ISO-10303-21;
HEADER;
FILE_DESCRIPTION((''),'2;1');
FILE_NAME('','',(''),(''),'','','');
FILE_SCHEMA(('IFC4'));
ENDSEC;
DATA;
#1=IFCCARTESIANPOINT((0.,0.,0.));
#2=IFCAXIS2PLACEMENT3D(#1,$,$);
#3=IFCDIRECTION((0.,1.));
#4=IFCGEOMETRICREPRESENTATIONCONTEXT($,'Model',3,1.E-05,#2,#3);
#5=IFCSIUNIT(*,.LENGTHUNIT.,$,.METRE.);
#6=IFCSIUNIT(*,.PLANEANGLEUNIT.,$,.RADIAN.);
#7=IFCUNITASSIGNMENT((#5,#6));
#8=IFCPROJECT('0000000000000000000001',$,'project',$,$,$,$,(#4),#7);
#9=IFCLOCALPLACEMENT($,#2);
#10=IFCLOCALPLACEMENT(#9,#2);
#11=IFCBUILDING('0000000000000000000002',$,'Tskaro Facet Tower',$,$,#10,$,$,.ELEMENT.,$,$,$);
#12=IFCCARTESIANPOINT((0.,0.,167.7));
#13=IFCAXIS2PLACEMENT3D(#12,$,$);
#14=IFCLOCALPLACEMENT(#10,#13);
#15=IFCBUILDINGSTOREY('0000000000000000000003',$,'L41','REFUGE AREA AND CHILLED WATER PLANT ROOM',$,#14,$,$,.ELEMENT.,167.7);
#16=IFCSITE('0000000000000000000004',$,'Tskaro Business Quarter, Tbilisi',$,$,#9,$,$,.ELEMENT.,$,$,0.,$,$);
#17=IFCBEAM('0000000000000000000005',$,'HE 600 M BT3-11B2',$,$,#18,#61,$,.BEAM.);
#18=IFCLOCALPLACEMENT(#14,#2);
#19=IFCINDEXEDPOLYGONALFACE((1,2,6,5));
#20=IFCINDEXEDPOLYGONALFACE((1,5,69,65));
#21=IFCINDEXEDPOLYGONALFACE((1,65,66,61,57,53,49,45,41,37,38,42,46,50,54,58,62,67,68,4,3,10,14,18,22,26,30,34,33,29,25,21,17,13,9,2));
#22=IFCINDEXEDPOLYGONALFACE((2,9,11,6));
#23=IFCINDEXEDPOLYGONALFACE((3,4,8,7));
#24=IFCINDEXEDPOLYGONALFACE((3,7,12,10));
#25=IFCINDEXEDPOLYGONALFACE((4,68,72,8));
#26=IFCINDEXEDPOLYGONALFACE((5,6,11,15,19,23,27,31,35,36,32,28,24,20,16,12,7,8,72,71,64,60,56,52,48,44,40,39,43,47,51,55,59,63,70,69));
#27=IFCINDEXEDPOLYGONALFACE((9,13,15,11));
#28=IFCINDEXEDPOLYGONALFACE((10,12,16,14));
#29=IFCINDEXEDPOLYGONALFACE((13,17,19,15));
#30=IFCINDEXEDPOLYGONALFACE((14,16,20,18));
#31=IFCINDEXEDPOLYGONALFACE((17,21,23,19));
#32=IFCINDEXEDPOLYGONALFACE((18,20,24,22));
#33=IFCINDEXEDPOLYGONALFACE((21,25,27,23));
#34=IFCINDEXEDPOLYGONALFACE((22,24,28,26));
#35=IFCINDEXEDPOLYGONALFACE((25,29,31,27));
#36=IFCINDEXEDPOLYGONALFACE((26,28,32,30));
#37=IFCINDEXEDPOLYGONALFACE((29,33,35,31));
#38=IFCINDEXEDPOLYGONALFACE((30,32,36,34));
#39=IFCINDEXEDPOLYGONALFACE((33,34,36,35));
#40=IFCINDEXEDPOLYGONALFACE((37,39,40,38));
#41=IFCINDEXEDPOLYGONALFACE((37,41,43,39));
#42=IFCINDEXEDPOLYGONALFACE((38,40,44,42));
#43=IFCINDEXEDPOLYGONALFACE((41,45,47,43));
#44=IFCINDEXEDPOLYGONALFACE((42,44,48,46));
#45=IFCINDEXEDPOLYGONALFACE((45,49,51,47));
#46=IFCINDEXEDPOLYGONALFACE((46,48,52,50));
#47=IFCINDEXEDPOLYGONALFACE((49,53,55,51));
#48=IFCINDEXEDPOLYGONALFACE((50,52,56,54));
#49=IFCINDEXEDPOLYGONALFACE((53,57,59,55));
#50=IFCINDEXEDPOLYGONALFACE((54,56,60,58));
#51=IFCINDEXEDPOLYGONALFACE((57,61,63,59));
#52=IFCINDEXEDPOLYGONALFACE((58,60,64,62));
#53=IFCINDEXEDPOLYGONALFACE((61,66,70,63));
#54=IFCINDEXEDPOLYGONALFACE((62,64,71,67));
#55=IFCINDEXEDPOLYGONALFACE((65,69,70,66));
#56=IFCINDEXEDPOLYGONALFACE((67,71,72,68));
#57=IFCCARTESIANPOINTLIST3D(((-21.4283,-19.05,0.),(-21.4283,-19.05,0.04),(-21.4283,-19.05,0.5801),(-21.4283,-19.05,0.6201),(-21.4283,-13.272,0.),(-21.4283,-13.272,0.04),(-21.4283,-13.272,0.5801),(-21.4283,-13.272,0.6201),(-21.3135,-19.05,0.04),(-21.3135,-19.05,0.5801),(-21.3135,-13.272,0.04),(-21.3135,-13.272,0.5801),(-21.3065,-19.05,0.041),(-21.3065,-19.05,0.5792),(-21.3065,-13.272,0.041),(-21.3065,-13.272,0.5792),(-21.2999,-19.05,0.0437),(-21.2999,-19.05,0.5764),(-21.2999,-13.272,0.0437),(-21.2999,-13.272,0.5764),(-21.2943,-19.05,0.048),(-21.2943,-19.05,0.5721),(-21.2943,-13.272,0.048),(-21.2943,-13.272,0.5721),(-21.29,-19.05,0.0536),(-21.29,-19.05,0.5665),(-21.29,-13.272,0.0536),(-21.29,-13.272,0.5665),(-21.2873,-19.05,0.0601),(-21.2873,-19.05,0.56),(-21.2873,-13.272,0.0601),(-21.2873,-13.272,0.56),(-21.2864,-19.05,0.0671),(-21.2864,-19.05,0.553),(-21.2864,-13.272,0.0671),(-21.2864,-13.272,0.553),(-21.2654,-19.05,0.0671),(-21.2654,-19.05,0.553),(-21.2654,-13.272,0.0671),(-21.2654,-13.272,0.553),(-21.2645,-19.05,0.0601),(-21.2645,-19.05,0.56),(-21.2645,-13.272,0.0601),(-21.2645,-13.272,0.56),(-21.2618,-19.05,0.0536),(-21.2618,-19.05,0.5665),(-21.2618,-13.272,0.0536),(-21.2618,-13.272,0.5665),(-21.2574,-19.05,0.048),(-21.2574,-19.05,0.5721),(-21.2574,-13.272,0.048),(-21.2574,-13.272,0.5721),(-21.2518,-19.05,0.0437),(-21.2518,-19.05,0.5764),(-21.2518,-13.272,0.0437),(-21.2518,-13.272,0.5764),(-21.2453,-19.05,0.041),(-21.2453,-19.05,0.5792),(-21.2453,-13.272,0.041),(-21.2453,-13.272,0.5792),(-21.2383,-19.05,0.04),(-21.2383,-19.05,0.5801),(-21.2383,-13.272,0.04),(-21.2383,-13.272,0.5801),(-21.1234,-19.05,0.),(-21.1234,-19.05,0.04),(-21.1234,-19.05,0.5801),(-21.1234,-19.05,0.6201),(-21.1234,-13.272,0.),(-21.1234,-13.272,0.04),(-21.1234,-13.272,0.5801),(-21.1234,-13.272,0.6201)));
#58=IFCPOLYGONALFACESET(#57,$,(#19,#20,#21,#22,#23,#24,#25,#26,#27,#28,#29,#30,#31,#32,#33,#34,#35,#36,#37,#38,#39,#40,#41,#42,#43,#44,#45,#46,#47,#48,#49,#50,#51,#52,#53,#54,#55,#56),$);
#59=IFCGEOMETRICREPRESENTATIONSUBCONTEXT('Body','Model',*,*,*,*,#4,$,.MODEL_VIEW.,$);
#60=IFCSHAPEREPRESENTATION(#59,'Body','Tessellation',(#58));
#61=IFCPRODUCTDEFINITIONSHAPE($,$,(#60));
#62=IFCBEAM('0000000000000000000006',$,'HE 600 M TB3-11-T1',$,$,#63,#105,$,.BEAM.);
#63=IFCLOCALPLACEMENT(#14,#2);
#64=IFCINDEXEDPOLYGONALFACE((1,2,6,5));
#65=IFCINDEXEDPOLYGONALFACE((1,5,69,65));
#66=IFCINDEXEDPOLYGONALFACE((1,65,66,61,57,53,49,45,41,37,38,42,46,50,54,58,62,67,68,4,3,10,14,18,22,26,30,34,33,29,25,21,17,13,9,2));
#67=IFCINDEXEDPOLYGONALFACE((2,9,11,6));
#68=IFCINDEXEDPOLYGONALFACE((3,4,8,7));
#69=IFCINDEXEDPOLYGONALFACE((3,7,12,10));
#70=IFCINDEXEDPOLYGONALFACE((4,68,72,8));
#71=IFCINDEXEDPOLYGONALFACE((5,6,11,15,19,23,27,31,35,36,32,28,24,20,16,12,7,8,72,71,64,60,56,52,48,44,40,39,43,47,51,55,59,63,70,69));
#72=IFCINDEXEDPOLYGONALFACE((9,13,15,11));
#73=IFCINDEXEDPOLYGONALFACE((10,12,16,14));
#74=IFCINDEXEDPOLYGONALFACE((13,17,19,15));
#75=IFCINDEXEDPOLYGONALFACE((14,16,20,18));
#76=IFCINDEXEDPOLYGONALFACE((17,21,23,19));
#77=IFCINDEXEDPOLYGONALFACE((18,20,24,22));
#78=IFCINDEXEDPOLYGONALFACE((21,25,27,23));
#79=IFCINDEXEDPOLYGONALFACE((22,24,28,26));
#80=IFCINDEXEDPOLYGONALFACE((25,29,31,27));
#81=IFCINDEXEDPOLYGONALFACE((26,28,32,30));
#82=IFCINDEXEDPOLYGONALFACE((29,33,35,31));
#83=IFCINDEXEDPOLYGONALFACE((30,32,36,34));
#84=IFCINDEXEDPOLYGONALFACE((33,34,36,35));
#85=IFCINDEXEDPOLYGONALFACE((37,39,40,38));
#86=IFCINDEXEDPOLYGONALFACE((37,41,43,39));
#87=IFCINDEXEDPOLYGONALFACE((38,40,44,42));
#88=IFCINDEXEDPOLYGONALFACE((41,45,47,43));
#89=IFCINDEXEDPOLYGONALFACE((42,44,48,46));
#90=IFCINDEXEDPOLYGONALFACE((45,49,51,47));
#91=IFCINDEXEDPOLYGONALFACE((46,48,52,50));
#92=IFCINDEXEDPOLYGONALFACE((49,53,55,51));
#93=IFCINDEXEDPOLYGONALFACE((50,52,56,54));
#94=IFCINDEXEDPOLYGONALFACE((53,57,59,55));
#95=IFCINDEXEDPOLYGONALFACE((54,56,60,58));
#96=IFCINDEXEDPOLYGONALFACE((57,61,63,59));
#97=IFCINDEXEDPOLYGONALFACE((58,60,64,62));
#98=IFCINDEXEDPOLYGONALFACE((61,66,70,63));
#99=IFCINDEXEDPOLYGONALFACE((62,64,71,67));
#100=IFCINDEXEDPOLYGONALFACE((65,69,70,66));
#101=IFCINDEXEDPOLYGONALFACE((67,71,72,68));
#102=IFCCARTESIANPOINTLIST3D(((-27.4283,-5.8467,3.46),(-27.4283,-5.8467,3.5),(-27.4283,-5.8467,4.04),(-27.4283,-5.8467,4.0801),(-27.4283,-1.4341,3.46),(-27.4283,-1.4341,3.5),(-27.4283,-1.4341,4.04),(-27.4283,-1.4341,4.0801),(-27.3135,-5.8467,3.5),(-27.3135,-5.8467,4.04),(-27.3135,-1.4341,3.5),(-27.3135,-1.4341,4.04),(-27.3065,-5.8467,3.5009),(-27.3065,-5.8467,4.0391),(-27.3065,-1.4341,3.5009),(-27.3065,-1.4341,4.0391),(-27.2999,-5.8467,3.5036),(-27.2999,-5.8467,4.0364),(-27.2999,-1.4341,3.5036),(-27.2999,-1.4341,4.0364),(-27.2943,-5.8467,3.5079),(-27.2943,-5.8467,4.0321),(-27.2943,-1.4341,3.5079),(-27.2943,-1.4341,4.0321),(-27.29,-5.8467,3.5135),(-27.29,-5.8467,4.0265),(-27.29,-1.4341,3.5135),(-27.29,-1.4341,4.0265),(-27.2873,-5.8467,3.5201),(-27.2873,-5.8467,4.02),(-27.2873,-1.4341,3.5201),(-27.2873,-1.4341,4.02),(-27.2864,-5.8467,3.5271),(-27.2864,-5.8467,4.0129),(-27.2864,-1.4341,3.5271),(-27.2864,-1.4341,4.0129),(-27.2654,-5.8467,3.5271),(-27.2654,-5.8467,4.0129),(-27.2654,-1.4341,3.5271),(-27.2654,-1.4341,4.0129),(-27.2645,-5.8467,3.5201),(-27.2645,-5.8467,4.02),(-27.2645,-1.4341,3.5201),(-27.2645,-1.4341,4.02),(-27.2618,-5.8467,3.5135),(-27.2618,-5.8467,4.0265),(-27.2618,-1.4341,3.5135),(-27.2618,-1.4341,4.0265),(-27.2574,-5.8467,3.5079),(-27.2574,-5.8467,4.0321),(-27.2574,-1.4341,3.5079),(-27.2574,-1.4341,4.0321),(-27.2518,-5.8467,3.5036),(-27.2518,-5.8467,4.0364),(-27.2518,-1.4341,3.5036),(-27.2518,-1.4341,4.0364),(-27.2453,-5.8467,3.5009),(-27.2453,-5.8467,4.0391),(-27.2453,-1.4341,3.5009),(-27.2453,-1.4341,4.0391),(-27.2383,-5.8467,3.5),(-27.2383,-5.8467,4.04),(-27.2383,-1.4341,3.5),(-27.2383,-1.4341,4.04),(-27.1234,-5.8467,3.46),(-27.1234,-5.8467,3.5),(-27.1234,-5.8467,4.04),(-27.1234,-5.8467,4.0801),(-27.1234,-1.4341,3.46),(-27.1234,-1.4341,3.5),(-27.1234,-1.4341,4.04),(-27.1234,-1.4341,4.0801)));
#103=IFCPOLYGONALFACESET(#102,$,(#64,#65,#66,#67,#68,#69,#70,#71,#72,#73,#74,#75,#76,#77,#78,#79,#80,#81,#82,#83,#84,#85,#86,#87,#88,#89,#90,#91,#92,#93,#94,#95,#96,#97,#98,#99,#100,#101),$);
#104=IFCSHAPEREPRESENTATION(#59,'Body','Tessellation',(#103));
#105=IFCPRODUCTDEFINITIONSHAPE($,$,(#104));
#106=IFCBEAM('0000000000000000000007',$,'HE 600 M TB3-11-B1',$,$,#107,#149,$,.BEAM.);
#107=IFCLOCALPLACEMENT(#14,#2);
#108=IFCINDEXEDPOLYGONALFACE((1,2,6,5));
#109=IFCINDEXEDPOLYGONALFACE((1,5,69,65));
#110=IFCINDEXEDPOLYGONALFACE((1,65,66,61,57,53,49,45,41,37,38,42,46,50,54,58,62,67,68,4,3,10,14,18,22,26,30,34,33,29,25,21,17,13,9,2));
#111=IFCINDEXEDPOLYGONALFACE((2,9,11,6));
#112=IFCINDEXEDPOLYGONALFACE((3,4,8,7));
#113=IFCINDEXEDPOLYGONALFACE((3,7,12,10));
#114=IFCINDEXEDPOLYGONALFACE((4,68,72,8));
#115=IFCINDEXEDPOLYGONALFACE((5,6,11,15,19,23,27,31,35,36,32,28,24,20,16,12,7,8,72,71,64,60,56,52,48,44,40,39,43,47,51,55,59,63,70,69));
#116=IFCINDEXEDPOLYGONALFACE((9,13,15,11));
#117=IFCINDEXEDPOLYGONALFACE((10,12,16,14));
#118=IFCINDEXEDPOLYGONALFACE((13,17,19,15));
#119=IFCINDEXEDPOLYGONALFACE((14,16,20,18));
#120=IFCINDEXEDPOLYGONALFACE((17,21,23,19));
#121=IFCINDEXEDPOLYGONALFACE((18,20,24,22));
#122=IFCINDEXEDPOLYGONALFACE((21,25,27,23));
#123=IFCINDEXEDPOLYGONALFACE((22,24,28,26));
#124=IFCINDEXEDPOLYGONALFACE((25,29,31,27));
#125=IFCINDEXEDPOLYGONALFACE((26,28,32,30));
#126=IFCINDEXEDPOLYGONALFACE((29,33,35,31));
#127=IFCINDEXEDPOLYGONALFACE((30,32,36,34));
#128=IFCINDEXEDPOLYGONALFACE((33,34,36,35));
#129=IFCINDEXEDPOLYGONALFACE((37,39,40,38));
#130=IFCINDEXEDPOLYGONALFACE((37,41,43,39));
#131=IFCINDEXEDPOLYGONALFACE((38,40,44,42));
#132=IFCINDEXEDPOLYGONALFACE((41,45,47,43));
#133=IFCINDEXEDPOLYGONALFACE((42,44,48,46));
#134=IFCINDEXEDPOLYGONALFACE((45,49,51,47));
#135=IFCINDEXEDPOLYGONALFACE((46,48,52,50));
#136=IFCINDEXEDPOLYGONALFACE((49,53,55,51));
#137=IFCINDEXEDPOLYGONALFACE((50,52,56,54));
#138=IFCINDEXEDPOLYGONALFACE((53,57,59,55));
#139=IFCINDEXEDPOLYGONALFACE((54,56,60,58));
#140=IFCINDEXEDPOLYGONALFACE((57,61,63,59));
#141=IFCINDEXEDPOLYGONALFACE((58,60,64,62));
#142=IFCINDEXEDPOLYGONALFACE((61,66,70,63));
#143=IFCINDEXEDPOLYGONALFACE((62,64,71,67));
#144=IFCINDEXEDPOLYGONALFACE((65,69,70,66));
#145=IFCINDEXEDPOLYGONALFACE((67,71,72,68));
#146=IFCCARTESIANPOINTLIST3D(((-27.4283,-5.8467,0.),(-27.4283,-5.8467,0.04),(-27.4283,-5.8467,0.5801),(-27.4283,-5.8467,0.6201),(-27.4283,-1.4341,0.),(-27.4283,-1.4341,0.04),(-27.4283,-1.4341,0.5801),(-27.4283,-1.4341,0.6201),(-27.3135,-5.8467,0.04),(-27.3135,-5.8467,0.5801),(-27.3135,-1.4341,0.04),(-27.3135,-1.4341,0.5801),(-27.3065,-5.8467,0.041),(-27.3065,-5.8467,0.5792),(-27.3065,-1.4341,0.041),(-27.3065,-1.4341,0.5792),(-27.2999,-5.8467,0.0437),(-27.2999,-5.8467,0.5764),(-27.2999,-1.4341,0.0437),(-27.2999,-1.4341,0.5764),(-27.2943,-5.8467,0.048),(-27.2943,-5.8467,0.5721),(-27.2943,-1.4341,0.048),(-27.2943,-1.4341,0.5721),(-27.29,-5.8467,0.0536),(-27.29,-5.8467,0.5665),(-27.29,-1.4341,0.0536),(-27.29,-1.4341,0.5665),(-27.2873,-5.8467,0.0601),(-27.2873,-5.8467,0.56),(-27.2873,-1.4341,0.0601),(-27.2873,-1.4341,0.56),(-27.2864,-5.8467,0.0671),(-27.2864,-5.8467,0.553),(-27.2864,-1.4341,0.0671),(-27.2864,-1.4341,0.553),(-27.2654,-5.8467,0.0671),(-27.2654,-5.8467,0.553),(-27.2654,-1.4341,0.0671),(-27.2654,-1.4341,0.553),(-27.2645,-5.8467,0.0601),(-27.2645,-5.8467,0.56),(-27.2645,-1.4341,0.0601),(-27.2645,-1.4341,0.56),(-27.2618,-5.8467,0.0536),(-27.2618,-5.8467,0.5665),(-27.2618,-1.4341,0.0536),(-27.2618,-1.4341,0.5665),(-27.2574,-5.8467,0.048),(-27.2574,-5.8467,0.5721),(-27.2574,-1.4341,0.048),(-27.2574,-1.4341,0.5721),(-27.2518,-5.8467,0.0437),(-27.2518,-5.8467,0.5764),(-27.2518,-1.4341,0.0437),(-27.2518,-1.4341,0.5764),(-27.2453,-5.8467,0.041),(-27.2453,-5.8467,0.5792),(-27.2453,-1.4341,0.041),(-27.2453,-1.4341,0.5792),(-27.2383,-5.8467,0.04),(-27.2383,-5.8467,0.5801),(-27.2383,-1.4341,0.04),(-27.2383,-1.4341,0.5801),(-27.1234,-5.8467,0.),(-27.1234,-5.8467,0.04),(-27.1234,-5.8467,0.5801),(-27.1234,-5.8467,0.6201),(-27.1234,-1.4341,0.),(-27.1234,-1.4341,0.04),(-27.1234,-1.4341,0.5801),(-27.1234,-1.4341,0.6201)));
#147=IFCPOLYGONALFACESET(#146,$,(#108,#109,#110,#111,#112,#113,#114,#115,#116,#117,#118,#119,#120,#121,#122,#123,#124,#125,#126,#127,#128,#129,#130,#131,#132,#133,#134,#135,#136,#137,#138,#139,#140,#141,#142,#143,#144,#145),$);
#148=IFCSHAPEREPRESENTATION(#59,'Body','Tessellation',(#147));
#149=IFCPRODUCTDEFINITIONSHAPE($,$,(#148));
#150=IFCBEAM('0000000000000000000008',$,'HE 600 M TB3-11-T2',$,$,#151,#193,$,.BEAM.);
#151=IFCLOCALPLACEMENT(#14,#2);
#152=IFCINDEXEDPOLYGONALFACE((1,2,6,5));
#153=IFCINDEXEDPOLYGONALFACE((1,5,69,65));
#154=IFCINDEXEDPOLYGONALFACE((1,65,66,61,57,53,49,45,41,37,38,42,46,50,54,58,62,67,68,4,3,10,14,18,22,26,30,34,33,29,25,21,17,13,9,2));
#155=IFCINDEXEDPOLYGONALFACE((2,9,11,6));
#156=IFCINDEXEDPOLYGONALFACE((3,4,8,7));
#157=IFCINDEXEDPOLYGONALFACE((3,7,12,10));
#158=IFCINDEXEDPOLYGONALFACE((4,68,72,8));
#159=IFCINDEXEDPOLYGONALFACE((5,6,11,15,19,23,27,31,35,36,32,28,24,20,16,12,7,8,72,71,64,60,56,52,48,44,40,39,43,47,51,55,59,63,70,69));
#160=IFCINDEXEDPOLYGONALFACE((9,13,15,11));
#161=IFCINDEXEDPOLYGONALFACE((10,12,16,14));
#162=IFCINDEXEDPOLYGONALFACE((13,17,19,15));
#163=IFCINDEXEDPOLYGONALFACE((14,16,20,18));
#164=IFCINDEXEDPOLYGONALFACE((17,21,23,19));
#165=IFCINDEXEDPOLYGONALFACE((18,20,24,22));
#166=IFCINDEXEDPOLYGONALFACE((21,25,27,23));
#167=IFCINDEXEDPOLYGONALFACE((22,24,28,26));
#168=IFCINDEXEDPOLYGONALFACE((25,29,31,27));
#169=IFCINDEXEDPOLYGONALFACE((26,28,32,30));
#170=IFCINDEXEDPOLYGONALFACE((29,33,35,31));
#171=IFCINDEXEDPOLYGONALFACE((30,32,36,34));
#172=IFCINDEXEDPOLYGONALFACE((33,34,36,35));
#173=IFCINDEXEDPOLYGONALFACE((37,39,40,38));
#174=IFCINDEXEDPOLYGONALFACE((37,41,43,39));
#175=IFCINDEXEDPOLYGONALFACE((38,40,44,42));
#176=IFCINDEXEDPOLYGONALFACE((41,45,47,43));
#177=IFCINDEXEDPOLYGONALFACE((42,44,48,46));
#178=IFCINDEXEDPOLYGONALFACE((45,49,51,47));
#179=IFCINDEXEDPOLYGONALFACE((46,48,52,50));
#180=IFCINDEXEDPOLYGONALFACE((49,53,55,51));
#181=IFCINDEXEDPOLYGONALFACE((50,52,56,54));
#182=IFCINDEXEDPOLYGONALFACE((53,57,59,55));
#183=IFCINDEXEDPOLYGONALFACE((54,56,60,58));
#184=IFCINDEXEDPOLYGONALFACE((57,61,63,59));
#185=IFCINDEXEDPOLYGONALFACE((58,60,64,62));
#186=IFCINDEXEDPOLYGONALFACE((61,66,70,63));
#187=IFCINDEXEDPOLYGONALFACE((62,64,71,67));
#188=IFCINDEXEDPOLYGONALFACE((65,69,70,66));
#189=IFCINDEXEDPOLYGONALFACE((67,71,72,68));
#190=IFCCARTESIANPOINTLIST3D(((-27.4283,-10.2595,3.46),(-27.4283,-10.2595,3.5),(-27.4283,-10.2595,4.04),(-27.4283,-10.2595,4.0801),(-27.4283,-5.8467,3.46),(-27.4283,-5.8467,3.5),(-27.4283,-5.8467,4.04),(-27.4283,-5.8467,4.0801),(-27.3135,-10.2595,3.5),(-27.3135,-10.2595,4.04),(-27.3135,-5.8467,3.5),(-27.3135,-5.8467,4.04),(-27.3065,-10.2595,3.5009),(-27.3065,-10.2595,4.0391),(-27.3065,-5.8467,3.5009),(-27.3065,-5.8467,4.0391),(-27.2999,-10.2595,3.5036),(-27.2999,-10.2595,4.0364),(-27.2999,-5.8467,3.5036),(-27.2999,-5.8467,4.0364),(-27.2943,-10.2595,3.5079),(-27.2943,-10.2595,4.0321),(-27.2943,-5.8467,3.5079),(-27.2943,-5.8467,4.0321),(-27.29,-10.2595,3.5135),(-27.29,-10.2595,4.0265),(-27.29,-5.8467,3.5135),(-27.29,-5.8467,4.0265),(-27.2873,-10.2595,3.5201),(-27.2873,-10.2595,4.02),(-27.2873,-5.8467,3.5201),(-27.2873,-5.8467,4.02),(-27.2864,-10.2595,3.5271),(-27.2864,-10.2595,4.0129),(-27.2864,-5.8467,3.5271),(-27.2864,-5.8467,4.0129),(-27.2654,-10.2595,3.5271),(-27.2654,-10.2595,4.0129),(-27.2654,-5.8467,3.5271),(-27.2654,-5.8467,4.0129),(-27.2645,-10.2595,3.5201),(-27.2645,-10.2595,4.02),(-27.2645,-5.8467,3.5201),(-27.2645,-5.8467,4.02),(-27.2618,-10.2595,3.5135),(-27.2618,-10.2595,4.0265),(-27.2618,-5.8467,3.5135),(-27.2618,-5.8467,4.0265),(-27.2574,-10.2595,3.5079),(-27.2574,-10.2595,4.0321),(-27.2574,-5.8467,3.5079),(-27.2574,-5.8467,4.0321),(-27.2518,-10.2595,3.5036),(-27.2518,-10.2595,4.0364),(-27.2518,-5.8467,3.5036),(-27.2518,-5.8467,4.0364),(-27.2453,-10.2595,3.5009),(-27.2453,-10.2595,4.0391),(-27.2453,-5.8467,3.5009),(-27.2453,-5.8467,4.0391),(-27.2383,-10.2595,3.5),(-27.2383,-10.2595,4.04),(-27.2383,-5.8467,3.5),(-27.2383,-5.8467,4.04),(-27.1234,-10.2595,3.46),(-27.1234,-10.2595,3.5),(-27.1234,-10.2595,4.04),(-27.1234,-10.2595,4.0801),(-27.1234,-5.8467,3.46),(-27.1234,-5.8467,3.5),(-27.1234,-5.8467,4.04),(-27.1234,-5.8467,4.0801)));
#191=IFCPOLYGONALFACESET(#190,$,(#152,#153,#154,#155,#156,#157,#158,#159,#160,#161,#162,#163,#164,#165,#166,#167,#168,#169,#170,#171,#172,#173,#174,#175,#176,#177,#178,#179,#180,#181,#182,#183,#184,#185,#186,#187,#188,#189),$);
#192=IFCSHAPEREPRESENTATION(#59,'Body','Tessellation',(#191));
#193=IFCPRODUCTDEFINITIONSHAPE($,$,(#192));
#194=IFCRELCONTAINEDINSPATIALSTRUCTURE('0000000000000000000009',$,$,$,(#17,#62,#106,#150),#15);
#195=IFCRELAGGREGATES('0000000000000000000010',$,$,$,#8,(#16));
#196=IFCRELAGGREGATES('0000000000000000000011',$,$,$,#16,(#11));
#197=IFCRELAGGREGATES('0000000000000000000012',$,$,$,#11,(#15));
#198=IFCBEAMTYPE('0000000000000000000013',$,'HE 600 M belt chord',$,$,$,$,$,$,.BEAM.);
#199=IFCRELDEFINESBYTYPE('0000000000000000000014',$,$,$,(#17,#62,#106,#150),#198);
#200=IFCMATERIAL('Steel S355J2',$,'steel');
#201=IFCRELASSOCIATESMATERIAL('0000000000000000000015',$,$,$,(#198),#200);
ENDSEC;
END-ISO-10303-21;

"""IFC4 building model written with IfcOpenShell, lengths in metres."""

from ifc_helpers import new_model, si_unit, direction, frame, origin, origin_2d, place, context, subcontext, project, spatial, i_section, extrude, material, material_profile, profile_set, type_object, element, save


model = new_model("IFC4")

# Units and contexts
model_context = context("Model", 3, precision=1e-05, world=origin(), true_north=direction((0.0, 1.0)))
body_context = subcontext(model_context, "Body", "Model", "MODEL_VIEW")
ifc_project = project(units=[si_unit("LENGTHUNIT", "METRE"), si_unit("PLANEANGLEUNIT", "RADIAN")], contexts=[model_context])

# Site, building, storey
site_placement = place(None, origin())
site = spatial("IfcSite", under=ifc_project, at=site_placement, Name="Tskaro Business Quarter, Tbilisi", CompositionType="ELEMENT", RefElevation=0.0)
building_placement = place(site_placement, origin())
building = spatial("IfcBuilding", under=site, at=building_placement, Name="Tskaro Facet Tower", CompositionType="ELEMENT")
storey_placement = place(building_placement, frame((0.0, 0.0, 167.7)))
storey = spatial("IfcBuildingStorey", under=building, at=storey_placement, Name="L41", Description="REFUGE AREA AND CHILLED WATER PLANT ROOM", CompositionType="ELEMENT", Elevation=167.7)

# Shared definitions
ifc_material_1 = material(Name="Steel S355J2", Category="steel")

# Beams
ifc_material_profile_1 = material_profile(ifc_material_1, i_section(OverallWidth=0.3049, OverallDepth=0.6201, WebThickness=0.021, FlangeThickness=0.04, FilletRadius=0.0271, at=origin_2d()), Name="HE 600 M")
ifc_profile_set_1 = profile_set([ifc_material_profile_1], Name="Steel S355J2")
beam_type_1 = type_object("IfcBeamType", Name="HE 600 M belt chord", PredefinedType="BEAM", material=ifc_profile_set_1)
beam_1_placement = place(storey_placement, frame((-21.2759, -13.272, 0.3101), z_axis=(0.0, -1.0, 0.0), x_axis=(1.0, 0.0, 0.0)))
element("IfcBeam", 1, at=beam_1_placement, inside=storey, type_object=beam_type_1, Name="HE 600 M BT3-11B2", PredefinedType="BEAM", context=body_context, shape_type="SweptSolid", body=[
    extrude(i_section(OverallWidth=0.3049, OverallDepth=0.6201, WebThickness=0.021, FlangeThickness=0.04, FilletRadius=0.0271, at=origin_2d()), origin(), (0.0, 0.0, 1.0), 5.7781),
])
for number, where, z_axis, x_axis, name in (
    (2, (-27.2759, -1.4341, 3.77), (0.0, -1.0, 0.0), (1.0, 0.0, 0.0), "HE 600 M TB3-11-T1"),
    (3, (-27.2759, -1.4341, 0.3101), (0.0, -1.0, 0.0), (1.0, 0.0, 0.0), "HE 600 M TB3-11-B1"),
):
    element("IfcBeam", number, at=place(storey_placement, frame(where, z_axis=z_axis, x_axis=x_axis)), inside=storey, type_object=beam_type_1, Name=name, PredefinedType="BEAM", context=body_context, shape_type="SweptSolid", body=[
        extrude(i_section(OverallWidth=0.3049, OverallDepth=0.6201, WebThickness=0.021, FlangeThickness=0.04, FilletRadius=0.0271, at=origin_2d()), origin(), (0.0, 0.0, 1.0), 4.4126),
    ])
for number, where, z_axis, x_axis, name in (
    (4, (-27.2759, -5.8467, 3.77), (0.0, -1.0, 0.0), (1.0, 0.0, 0.0), "HE 600 M TB3-11-T2"),
):
    element("IfcBeam", number, at=place(storey_placement, frame(where, z_axis=z_axis, x_axis=x_axis)), inside=storey, type_object=beam_type_1, Name=name, PredefinedType="BEAM", context=body_context, shape_type="SweptSolid", body=[
        extrude(i_section(OverallWidth=0.3049, OverallDepth=0.6201, WebThickness=0.021, FlangeThickness=0.04, FilletRadius=0.0271, at=origin_2d()), origin(), (0.0, 0.0, 1.0), 4.4128),
    ])

save(model, "model.ifc")
